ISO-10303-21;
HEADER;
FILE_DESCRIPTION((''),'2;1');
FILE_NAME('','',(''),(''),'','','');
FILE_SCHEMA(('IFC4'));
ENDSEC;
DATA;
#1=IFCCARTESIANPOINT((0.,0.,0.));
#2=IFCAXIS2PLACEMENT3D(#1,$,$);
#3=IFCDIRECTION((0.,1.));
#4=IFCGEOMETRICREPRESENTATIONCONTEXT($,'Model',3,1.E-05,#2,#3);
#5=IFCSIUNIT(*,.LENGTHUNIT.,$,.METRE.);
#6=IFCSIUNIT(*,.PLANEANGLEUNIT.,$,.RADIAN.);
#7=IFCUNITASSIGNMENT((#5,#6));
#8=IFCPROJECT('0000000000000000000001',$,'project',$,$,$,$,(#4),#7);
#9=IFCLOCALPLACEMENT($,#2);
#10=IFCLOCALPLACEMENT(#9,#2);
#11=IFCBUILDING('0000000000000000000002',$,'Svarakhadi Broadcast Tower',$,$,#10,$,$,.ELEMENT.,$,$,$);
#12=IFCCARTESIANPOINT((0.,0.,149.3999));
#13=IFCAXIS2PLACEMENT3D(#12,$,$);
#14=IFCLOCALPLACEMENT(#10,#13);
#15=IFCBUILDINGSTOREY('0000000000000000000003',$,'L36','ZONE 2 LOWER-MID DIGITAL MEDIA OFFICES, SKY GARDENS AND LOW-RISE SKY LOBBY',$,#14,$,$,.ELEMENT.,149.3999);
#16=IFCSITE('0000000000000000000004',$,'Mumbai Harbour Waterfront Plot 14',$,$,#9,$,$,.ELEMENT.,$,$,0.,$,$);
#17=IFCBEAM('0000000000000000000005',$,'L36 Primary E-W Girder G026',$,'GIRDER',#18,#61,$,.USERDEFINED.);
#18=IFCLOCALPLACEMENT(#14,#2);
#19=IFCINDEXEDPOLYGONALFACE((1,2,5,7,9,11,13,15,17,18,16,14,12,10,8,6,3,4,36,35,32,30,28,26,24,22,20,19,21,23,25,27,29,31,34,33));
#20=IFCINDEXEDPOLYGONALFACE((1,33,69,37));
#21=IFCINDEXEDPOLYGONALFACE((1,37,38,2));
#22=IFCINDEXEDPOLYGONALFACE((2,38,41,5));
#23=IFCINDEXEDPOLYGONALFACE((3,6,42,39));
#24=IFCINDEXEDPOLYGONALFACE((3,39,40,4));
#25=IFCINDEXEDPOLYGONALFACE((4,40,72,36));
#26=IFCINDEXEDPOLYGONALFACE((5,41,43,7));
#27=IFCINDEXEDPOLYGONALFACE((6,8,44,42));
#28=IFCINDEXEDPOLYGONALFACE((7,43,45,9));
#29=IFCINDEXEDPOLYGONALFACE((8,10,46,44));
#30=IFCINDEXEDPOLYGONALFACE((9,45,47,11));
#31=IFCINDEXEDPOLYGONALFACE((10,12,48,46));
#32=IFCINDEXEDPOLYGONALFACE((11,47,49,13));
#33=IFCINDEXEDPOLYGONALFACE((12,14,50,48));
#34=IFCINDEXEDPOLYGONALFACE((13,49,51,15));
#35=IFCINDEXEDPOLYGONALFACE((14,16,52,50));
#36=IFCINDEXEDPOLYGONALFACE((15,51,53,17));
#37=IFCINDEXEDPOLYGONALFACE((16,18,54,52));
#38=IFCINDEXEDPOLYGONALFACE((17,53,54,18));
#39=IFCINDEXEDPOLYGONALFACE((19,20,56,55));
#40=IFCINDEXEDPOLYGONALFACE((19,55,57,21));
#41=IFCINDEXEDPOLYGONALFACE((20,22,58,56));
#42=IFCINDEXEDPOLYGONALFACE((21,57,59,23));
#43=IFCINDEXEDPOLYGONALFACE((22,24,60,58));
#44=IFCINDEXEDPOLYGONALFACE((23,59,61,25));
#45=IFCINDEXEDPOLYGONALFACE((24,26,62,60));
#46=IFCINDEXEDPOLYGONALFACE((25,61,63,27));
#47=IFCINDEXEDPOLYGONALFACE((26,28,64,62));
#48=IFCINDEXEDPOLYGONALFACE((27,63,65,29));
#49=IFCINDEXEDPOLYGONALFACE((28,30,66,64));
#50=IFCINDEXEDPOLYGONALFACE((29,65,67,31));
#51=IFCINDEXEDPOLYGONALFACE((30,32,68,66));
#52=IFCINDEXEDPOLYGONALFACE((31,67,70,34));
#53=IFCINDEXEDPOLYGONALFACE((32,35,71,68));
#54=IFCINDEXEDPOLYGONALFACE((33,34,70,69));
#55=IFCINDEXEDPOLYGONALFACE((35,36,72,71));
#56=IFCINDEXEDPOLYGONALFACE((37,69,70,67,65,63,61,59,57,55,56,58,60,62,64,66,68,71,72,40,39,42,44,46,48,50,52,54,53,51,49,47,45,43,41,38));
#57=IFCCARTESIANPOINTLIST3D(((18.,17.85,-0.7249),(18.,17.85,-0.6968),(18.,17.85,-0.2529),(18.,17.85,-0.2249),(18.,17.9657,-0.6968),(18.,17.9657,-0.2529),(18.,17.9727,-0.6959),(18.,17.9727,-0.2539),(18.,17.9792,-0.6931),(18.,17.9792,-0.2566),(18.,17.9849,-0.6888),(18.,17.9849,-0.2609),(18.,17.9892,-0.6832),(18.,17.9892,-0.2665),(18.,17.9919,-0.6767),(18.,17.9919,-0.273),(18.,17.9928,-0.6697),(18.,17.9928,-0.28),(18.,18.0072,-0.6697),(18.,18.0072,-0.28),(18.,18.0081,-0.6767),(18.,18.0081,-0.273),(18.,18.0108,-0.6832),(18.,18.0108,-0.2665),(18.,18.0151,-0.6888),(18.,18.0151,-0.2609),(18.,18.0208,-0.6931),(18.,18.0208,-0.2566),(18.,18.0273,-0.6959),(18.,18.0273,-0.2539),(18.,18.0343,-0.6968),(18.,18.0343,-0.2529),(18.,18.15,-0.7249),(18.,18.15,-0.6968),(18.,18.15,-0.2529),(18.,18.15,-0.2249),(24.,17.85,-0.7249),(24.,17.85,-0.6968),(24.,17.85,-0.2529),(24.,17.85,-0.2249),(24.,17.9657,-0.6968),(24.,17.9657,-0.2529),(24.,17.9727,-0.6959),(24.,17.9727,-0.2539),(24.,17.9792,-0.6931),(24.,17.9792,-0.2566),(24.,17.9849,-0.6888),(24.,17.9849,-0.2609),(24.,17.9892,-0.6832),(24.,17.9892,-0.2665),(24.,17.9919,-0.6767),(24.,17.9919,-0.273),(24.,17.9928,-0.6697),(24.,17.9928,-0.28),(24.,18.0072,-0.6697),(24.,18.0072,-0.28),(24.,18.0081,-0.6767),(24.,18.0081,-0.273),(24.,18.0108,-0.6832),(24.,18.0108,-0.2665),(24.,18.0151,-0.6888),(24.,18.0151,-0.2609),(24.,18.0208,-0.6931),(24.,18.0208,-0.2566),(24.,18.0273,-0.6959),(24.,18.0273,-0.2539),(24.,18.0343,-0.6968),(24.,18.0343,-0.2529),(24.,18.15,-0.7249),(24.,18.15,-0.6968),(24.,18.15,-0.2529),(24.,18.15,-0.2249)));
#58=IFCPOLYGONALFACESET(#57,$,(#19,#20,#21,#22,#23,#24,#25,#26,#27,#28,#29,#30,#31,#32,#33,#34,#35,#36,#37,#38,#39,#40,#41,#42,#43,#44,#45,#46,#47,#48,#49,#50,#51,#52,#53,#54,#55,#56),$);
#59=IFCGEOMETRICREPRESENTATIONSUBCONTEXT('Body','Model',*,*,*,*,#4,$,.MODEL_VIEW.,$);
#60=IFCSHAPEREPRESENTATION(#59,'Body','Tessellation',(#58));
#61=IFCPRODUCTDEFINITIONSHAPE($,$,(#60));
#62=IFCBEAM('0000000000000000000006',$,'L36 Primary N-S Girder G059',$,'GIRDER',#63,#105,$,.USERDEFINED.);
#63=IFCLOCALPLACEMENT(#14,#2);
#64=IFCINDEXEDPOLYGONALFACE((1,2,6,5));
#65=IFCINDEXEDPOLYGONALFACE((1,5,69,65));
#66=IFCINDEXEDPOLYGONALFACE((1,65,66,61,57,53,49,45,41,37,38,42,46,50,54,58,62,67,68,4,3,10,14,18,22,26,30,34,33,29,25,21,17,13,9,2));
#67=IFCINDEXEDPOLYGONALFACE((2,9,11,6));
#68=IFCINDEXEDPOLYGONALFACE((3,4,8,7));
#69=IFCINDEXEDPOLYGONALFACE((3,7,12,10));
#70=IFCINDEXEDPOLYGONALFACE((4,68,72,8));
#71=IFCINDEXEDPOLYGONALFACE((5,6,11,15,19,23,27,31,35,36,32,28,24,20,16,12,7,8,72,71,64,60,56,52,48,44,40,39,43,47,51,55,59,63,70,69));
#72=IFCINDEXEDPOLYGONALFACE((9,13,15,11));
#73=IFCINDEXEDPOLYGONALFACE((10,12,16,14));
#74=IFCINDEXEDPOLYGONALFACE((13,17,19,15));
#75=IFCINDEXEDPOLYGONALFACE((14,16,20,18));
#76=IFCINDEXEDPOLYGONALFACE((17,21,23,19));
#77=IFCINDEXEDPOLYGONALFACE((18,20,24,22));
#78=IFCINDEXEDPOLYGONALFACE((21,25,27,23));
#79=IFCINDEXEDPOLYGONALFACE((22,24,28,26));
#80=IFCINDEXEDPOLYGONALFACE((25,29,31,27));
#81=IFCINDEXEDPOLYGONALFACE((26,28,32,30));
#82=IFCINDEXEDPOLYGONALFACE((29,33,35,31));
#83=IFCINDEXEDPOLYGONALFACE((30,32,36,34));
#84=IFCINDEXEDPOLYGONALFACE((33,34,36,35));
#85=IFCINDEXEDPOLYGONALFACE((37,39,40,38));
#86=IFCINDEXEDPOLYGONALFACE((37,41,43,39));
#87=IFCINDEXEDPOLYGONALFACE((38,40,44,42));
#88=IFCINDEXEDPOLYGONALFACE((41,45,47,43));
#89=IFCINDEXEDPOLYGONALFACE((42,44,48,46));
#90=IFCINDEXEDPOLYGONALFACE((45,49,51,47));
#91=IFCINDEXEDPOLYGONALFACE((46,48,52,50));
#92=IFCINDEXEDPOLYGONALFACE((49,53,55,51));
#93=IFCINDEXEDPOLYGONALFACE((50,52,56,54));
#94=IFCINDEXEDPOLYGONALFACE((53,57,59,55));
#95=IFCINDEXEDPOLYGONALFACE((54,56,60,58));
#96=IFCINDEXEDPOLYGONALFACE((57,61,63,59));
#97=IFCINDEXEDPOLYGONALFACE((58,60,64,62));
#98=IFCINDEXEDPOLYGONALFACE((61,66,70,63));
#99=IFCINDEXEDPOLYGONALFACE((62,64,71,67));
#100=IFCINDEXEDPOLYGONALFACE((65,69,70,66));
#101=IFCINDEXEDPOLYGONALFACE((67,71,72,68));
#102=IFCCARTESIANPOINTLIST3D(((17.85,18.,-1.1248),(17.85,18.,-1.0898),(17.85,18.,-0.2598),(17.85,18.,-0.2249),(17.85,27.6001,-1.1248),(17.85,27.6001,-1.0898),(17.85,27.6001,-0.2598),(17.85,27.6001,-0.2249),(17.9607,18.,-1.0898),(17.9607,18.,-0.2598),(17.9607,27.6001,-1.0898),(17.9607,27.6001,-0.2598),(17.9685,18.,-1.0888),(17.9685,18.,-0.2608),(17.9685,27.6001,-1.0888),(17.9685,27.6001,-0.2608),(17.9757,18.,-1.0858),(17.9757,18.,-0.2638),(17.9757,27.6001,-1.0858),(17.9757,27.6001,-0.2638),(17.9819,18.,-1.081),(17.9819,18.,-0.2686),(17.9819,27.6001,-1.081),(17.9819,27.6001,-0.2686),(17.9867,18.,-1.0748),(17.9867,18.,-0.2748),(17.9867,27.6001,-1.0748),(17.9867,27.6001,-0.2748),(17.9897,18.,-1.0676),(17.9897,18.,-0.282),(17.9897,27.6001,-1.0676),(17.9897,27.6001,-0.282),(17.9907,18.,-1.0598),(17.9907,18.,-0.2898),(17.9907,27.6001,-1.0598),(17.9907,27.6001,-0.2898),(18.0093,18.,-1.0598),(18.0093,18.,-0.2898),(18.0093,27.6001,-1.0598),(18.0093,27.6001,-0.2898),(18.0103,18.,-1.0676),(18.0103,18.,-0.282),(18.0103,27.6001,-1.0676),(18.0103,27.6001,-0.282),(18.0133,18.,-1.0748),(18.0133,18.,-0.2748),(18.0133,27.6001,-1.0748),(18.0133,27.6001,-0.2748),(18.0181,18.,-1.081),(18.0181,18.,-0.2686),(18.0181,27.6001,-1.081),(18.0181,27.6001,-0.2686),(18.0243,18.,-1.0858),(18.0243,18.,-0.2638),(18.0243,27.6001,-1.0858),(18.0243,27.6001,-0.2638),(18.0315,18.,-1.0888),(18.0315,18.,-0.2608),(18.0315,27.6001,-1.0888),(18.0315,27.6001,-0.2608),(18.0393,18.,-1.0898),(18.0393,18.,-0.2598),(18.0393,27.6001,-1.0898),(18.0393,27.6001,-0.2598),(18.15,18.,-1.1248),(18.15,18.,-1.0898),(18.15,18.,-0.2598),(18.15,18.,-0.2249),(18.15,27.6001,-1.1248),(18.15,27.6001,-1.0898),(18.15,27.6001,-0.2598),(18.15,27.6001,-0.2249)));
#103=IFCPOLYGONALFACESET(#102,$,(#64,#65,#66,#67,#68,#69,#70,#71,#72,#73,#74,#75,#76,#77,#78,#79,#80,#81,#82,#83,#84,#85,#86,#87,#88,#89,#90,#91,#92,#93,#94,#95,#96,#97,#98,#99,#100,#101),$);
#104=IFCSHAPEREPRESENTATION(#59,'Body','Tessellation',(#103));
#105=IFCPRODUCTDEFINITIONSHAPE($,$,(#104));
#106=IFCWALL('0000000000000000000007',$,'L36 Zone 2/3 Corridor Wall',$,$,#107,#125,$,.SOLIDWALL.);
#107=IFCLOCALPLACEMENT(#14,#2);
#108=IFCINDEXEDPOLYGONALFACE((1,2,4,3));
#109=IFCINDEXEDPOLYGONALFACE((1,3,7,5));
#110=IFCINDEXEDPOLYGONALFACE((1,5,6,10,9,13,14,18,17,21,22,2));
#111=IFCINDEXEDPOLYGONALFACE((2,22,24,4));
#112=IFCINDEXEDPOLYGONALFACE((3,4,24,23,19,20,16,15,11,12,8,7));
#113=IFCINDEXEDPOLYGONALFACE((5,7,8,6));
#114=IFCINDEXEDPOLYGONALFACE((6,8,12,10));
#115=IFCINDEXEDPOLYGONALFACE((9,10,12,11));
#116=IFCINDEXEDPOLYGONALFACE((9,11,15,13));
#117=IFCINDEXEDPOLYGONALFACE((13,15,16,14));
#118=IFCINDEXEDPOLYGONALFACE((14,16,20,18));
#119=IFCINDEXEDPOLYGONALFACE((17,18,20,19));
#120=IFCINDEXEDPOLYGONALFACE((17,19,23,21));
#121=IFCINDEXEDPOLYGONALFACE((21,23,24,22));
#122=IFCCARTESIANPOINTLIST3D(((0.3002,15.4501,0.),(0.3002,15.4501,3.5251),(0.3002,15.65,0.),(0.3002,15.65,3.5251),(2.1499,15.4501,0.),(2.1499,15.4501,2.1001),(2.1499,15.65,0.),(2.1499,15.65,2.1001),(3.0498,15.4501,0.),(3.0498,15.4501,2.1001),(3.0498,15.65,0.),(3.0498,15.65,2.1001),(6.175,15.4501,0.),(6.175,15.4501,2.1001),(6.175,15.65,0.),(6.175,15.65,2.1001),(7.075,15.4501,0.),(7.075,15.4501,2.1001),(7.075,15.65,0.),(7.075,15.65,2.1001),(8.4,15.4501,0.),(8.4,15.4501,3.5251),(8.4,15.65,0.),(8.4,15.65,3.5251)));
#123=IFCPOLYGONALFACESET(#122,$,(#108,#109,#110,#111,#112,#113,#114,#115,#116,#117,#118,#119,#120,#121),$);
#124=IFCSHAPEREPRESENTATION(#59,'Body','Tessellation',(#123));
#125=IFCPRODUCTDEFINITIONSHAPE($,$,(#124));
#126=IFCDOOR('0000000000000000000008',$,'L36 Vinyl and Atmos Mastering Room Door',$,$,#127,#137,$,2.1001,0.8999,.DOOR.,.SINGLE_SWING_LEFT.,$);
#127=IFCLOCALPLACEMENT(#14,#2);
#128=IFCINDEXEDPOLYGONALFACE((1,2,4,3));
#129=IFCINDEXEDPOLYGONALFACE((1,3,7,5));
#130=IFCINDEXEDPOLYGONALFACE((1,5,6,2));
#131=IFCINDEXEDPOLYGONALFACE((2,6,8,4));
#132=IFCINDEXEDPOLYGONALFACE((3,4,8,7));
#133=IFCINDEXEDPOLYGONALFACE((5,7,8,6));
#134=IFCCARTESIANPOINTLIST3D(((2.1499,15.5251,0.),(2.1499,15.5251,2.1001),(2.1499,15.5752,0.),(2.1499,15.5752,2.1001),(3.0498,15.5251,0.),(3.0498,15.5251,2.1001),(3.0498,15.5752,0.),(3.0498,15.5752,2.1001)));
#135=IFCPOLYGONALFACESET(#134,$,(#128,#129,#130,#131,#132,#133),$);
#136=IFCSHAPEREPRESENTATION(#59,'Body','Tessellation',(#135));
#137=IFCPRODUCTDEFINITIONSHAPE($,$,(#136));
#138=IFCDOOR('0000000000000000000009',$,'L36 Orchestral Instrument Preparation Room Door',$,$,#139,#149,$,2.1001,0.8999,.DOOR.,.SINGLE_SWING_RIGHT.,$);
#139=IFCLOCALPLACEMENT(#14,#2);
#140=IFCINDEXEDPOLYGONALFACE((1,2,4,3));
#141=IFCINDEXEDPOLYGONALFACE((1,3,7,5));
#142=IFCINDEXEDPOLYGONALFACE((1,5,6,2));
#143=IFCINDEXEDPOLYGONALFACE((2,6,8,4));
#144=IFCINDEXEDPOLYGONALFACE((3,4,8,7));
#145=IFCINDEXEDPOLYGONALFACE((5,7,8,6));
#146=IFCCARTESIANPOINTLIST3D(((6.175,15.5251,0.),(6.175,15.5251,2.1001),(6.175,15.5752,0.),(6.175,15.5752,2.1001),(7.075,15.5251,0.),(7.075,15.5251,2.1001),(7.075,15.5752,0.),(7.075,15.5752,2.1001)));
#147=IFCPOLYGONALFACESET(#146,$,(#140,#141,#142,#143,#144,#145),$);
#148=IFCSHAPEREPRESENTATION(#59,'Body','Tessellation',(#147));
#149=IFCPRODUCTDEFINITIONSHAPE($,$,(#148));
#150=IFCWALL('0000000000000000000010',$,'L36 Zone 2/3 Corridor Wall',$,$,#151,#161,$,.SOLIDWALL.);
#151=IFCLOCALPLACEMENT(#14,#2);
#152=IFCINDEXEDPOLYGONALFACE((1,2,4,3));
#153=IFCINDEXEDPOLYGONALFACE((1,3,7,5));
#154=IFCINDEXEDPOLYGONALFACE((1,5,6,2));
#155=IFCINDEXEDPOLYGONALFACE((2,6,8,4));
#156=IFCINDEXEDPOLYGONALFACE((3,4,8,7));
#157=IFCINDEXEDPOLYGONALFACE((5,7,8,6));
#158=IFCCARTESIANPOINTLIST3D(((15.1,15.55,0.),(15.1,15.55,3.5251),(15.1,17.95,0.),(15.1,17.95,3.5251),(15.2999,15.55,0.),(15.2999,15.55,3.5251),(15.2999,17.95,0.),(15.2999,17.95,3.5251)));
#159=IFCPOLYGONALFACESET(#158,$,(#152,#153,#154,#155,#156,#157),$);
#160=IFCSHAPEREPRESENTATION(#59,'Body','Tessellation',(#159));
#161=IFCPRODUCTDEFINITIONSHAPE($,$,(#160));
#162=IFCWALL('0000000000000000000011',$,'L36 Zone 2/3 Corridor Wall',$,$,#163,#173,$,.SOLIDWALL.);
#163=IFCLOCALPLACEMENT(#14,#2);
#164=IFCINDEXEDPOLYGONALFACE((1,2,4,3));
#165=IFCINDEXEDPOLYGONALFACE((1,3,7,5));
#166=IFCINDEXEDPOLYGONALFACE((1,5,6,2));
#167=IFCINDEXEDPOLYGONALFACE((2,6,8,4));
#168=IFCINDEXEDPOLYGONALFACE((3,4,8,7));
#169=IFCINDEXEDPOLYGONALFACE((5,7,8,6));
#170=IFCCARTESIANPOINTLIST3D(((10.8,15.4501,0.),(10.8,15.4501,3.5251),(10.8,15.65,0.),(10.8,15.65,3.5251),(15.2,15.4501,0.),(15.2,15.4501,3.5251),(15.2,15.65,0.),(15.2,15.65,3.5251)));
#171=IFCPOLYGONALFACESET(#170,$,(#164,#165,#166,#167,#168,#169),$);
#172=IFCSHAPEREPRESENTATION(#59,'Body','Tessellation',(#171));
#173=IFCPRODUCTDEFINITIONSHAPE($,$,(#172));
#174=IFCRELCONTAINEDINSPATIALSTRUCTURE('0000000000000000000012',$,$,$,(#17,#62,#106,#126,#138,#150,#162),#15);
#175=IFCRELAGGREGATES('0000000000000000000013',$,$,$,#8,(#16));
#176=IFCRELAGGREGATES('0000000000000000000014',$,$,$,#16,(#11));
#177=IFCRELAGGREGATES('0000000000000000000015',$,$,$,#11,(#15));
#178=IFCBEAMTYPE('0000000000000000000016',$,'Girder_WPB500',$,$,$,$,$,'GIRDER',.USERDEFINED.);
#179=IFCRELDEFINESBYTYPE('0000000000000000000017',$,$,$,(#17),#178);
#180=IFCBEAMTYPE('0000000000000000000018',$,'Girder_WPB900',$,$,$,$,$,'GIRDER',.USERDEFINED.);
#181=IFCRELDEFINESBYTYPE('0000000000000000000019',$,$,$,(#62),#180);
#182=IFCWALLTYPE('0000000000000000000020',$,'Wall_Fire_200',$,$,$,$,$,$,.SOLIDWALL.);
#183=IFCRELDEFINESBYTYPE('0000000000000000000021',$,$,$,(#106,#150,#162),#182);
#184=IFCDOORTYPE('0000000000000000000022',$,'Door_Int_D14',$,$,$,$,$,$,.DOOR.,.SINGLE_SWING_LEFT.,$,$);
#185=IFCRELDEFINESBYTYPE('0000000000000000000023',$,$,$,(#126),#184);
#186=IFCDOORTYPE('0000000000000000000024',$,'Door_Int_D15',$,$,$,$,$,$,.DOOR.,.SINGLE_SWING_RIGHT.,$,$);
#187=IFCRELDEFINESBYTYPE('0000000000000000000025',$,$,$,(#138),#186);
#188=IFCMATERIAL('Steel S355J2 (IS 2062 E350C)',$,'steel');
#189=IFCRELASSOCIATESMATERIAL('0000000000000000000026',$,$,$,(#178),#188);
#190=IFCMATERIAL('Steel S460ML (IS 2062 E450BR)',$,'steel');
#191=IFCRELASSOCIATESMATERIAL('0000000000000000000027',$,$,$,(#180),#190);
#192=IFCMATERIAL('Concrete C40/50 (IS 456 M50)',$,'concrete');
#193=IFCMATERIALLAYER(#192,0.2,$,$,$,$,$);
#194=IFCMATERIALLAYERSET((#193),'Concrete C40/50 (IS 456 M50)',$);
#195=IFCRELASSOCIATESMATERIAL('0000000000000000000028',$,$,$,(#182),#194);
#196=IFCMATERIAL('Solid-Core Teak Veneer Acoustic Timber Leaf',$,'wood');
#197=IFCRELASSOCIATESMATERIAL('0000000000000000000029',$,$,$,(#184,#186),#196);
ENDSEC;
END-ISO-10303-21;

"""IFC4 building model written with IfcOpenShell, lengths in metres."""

from ifc_helpers import new_model, si_unit, direction, frame, frame_2d, origin, origin_2d, place, context, subcontext, project, spatial, rectangle, i_section, extrude, material, layer, layer_set, material_profile, profile_set, type_object, element, fill, save


model = new_model("IFC4")

# Units and contexts
model_context = context("Model", 3, precision=1e-05, world=origin(), true_north=direction((0.0, 1.0)))
body_context = subcontext(model_context, "Body", "Model", "MODEL_VIEW")
ifc_project = project(units=[si_unit("LENGTHUNIT", "METRE"), si_unit("PLANEANGLEUNIT", "RADIAN")], contexts=[model_context])

# Site, building, storey
site_placement = place(None, origin())
site = spatial("IfcSite", under=ifc_project, at=site_placement, Name="Mumbai Harbour Waterfront Plot 14", CompositionType="ELEMENT", RefElevation=0.0)
building_placement = place(site_placement, origin())
building = spatial("IfcBuilding", under=site, at=building_placement, Name="Svarakhadi Broadcast Tower", CompositionType="ELEMENT")
storey_placement = place(building_placement, frame((0.0, 0.0, 149.3999)))
storey = spatial("IfcBuildingStorey", under=building, at=storey_placement, Name="L36", Description="ZONE 2 LOWER-MID DIGITAL MEDIA OFFICES, SKY GARDENS AND LOW-RISE SKY LOBBY", CompositionType="ELEMENT", Elevation=149.3999)

# Beams
ifc_material_1 = material(Name="Steel S355J2 (IS 2062 E350C)", Category="steel")
ifc_material_profile_1 = material_profile(ifc_material_1, i_section(OverallWidth=0.3, OverallDepth=0.5, WebThickness=0.0144, FlangeThickness=0.0281, FilletRadius=0.0271, at=origin_2d()), Name="WPB 500x300x187")
ifc_profile_set_1 = profile_set([ifc_material_profile_1], Name="Steel S355J2 (IS 2062 E350C)")
beam_type_1 = type_object("IfcBeamType", Name="Girder_WPB500", ElementType="GIRDER", PredefinedType="USERDEFINED", material=ifc_profile_set_1)
for number, where, z_axis, x_axis, name in (
    (1, (18.0, 18.0, -0.4749), (1.0, 0.0, 0.0), (0.0, 1.0, 0.0), "L36 Primary E-W Girder G026"),
):
    element("IfcBeam", number, at=place(storey_placement, frame(where, z_axis=z_axis, x_axis=x_axis)), inside=storey, type_object=beam_type_1, Name=name, ObjectType="GIRDER", PredefinedType="USERDEFINED", context=body_context, shape_type="SweptSolid", body=[
        extrude(i_section(OverallWidth=0.3, OverallDepth=0.5, WebThickness=0.0144, FlangeThickness=0.0281, FilletRadius=0.0271, at=origin_2d()), origin(), (0.0, 0.0, 1.0), 6.0),
    ])
ifc_material_2 = material(Name="Steel S460ML (IS 2062 E450BR)", Category="steel")
ifc_material_profile_2 = material_profile(ifc_material_2, i_section(OverallWidth=0.3, OverallDepth=0.8999, WebThickness=0.0186, FlangeThickness=0.0349, FilletRadius=0.03, at=origin_2d()), Name="WPB 900x300x291")
ifc_profile_set_2 = profile_set([ifc_material_profile_2], Name="Steel S460ML (IS 2062 E450BR)")
beam_type_2 = type_object("IfcBeamType", Name="Girder_WPB900", ElementType="GIRDER", PredefinedType="USERDEFINED", material=ifc_profile_set_2)
beam_placement = place(storey_placement, frame((18.0, 18.0, -0.6748), z_axis=(0.0, 1.0, 0.0), x_axis=(-1.0, 0.0, 0.0)))
element("IfcBeam", 2, at=beam_placement, inside=storey, type_object=beam_type_2, Name="L36 Primary N-S Girder G059", ObjectType="GIRDER", PredefinedType="USERDEFINED", context=body_context, shape_type="SweptSolid", body=[
    extrude(i_section(OverallWidth=0.3, OverallDepth=0.8999, WebThickness=0.0186, FlangeThickness=0.0349, FilletRadius=0.03, at=origin_2d()), origin(), (0.0, 0.0, 1.0), 9.6001),
])

# Wall, openings, doors
ifc_material_3 = material(Name="Concrete C40/50 (IS 456 M50)", Category="concrete")
ifc_layer_1 = layer(ifc_material_3, 0.2)
ifc_layer_set_1 = layer_set([ifc_layer_1], Name="Concrete C40/50 (IS 456 M50)")
wall_type_1 = type_object("IfcWallType", Name="Wall_Fire_200", PredefinedType="SOLIDWALL", material=ifc_layer_set_1)
wall_1_placement = place(storey_placement, frame((8.3999, 15.55, 0.0), z_axis=(0.0, 0.0, 1.0), x_axis=(-1.0, 0.0, 0.0)))
wall_1 = element("IfcWall", 3, at=wall_1_placement, inside=storey, type_object=wall_type_1, Name="L36 Zone 2/3 Corridor Wall", PredefinedType="SOLIDWALL", context=body_context, shape_type="SweptSolid", body=[
    extrude(rectangle(XDim=8.0999, YDim=0.2, at=frame_2d((4.0498, 0.0))), origin(), (0.0, 0.0, 1.0), 3.5251),
])
opening_1_placement = place(wall_1_placement, frame((5.3501, 0.0, 0.0)))
opening_1 = element("IfcOpeningElement", 4, at=opening_1_placement, cuts=wall_1, PredefinedType="OPENING", context=body_context, shape_type="SweptSolid", body=[
    extrude(rectangle(XDim=0.8999, YDim=2.1001, at=frame_2d((0.45, 1.05))), frame((0.0, 0.1099, 0.0), z_axis=(0.0, -1.0, 0.0), x_axis=(1.0, 0.0, 0.0)), (0.0, 0.0, 1.0), 0.22),
])
opening_2_placement = place(wall_1_placement, frame((1.325, 0.0, 0.0)))
opening_2 = element("IfcOpeningElement", 5, at=opening_2_placement, cuts=wall_1, PredefinedType="OPENING", context=body_context, shape_type="SweptSolid", body=[
    extrude(rectangle(XDim=0.8999, YDim=2.1001, at=frame_2d((0.45, 1.05))), frame((0.0, 0.1099, 0.0), z_axis=(0.0, -1.0, 0.0), x_axis=(1.0, 0.0, 0.0)), (0.0, 0.0, 1.0), 0.22),
])
ifc_material_4 = material(Name="Solid-Core Teak Veneer Acoustic Timber Leaf", Category="wood")
door_type_1 = type_object("IfcDoorType", Name="Door_Int_D14", OperationType="SINGLE_SWING_LEFT", PredefinedType="DOOR", material=ifc_material_4)
door_1_placement = place(opening_1_placement, origin())
door_1 = element("IfcDoor", 6, at=door_1_placement, inside=storey, type_object=door_type_1, Name="L36 Vinyl and Atmos Mastering Room Door", OperationType="SINGLE_SWING_LEFT", OverallHeight=2.1001, OverallWidth=0.8999, PredefinedType="DOOR", context=body_context, shape_type="SweptSolid", body=[
    extrude(rectangle(XDim=0.8999, YDim=2.1001, at=frame_2d((0.45, 1.05))), frame((0.0, 0.0249, 0.0), z_axis=(0.0, -1.0, 0.0), x_axis=(1.0, 0.0, 0.0)), (0.0, 0.0, 1.0), 0.05),
])
fill(opening_1, door_1)
door_type_2 = type_object("IfcDoorType", Name="Door_Int_D15", OperationType="SINGLE_SWING_RIGHT", PredefinedType="DOOR", material=ifc_material_4)
door_2_placement = place(opening_2_placement, origin())
door_2 = element("IfcDoor", 7, at=door_2_placement, inside=storey, type_object=door_type_2, Name="L36 Orchestral Instrument Preparation Room Door", OperationType="SINGLE_SWING_RIGHT", OverallHeight=2.1001, OverallWidth=0.8999, PredefinedType="DOOR", context=body_context, shape_type="SweptSolid", body=[
    extrude(rectangle(XDim=0.8999, YDim=2.1001, at=frame_2d((0.45, 1.05))), frame((0.0, 0.0249, 0.0), z_axis=(0.0, -1.0, 0.0), x_axis=(1.0, 0.0, 0.0)), (0.0, 0.0, 1.0), 0.05),
])
fill(opening_2, door_2)

# Walls
wall_2_placement = place(storey_placement, frame((15.2, 17.95, 0.0), z_axis=(0.0, 0.0, 1.0), x_axis=(0.0, -1.0, 0.0)))
element("IfcWall", 8, at=wall_2_placement, inside=storey, type_object=wall_type_1, Name="L36 Zone 2/3 Corridor Wall", PredefinedType="SOLIDWALL", context=body_context, shape_type="SweptSolid", body=[
    extrude(rectangle(XDim=2.3999, YDim=0.2, at=frame_2d((1.2, 0.0))), origin(), (0.0, 0.0, 1.0), 3.5251),
])
wall_3_placement = place(storey_placement, frame((15.2, 15.55, 0.0), z_axis=(0.0, 0.0, 1.0), x_axis=(-1.0, 0.0, 0.0)))
element("IfcWall", 9, at=wall_3_placement, inside=storey, type_object=wall_type_1, Name="L36 Zone 2/3 Corridor Wall", PredefinedType="SOLIDWALL", context=body_context, shape_type="SweptSolid", body=[
    extrude(rectangle(XDim=4.3999, YDim=0.2, at=frame_2d((2.2, 0.0))), origin(), (0.0, 0.0, 1.0), 3.5251),
])

save(model, "model.ifc")
